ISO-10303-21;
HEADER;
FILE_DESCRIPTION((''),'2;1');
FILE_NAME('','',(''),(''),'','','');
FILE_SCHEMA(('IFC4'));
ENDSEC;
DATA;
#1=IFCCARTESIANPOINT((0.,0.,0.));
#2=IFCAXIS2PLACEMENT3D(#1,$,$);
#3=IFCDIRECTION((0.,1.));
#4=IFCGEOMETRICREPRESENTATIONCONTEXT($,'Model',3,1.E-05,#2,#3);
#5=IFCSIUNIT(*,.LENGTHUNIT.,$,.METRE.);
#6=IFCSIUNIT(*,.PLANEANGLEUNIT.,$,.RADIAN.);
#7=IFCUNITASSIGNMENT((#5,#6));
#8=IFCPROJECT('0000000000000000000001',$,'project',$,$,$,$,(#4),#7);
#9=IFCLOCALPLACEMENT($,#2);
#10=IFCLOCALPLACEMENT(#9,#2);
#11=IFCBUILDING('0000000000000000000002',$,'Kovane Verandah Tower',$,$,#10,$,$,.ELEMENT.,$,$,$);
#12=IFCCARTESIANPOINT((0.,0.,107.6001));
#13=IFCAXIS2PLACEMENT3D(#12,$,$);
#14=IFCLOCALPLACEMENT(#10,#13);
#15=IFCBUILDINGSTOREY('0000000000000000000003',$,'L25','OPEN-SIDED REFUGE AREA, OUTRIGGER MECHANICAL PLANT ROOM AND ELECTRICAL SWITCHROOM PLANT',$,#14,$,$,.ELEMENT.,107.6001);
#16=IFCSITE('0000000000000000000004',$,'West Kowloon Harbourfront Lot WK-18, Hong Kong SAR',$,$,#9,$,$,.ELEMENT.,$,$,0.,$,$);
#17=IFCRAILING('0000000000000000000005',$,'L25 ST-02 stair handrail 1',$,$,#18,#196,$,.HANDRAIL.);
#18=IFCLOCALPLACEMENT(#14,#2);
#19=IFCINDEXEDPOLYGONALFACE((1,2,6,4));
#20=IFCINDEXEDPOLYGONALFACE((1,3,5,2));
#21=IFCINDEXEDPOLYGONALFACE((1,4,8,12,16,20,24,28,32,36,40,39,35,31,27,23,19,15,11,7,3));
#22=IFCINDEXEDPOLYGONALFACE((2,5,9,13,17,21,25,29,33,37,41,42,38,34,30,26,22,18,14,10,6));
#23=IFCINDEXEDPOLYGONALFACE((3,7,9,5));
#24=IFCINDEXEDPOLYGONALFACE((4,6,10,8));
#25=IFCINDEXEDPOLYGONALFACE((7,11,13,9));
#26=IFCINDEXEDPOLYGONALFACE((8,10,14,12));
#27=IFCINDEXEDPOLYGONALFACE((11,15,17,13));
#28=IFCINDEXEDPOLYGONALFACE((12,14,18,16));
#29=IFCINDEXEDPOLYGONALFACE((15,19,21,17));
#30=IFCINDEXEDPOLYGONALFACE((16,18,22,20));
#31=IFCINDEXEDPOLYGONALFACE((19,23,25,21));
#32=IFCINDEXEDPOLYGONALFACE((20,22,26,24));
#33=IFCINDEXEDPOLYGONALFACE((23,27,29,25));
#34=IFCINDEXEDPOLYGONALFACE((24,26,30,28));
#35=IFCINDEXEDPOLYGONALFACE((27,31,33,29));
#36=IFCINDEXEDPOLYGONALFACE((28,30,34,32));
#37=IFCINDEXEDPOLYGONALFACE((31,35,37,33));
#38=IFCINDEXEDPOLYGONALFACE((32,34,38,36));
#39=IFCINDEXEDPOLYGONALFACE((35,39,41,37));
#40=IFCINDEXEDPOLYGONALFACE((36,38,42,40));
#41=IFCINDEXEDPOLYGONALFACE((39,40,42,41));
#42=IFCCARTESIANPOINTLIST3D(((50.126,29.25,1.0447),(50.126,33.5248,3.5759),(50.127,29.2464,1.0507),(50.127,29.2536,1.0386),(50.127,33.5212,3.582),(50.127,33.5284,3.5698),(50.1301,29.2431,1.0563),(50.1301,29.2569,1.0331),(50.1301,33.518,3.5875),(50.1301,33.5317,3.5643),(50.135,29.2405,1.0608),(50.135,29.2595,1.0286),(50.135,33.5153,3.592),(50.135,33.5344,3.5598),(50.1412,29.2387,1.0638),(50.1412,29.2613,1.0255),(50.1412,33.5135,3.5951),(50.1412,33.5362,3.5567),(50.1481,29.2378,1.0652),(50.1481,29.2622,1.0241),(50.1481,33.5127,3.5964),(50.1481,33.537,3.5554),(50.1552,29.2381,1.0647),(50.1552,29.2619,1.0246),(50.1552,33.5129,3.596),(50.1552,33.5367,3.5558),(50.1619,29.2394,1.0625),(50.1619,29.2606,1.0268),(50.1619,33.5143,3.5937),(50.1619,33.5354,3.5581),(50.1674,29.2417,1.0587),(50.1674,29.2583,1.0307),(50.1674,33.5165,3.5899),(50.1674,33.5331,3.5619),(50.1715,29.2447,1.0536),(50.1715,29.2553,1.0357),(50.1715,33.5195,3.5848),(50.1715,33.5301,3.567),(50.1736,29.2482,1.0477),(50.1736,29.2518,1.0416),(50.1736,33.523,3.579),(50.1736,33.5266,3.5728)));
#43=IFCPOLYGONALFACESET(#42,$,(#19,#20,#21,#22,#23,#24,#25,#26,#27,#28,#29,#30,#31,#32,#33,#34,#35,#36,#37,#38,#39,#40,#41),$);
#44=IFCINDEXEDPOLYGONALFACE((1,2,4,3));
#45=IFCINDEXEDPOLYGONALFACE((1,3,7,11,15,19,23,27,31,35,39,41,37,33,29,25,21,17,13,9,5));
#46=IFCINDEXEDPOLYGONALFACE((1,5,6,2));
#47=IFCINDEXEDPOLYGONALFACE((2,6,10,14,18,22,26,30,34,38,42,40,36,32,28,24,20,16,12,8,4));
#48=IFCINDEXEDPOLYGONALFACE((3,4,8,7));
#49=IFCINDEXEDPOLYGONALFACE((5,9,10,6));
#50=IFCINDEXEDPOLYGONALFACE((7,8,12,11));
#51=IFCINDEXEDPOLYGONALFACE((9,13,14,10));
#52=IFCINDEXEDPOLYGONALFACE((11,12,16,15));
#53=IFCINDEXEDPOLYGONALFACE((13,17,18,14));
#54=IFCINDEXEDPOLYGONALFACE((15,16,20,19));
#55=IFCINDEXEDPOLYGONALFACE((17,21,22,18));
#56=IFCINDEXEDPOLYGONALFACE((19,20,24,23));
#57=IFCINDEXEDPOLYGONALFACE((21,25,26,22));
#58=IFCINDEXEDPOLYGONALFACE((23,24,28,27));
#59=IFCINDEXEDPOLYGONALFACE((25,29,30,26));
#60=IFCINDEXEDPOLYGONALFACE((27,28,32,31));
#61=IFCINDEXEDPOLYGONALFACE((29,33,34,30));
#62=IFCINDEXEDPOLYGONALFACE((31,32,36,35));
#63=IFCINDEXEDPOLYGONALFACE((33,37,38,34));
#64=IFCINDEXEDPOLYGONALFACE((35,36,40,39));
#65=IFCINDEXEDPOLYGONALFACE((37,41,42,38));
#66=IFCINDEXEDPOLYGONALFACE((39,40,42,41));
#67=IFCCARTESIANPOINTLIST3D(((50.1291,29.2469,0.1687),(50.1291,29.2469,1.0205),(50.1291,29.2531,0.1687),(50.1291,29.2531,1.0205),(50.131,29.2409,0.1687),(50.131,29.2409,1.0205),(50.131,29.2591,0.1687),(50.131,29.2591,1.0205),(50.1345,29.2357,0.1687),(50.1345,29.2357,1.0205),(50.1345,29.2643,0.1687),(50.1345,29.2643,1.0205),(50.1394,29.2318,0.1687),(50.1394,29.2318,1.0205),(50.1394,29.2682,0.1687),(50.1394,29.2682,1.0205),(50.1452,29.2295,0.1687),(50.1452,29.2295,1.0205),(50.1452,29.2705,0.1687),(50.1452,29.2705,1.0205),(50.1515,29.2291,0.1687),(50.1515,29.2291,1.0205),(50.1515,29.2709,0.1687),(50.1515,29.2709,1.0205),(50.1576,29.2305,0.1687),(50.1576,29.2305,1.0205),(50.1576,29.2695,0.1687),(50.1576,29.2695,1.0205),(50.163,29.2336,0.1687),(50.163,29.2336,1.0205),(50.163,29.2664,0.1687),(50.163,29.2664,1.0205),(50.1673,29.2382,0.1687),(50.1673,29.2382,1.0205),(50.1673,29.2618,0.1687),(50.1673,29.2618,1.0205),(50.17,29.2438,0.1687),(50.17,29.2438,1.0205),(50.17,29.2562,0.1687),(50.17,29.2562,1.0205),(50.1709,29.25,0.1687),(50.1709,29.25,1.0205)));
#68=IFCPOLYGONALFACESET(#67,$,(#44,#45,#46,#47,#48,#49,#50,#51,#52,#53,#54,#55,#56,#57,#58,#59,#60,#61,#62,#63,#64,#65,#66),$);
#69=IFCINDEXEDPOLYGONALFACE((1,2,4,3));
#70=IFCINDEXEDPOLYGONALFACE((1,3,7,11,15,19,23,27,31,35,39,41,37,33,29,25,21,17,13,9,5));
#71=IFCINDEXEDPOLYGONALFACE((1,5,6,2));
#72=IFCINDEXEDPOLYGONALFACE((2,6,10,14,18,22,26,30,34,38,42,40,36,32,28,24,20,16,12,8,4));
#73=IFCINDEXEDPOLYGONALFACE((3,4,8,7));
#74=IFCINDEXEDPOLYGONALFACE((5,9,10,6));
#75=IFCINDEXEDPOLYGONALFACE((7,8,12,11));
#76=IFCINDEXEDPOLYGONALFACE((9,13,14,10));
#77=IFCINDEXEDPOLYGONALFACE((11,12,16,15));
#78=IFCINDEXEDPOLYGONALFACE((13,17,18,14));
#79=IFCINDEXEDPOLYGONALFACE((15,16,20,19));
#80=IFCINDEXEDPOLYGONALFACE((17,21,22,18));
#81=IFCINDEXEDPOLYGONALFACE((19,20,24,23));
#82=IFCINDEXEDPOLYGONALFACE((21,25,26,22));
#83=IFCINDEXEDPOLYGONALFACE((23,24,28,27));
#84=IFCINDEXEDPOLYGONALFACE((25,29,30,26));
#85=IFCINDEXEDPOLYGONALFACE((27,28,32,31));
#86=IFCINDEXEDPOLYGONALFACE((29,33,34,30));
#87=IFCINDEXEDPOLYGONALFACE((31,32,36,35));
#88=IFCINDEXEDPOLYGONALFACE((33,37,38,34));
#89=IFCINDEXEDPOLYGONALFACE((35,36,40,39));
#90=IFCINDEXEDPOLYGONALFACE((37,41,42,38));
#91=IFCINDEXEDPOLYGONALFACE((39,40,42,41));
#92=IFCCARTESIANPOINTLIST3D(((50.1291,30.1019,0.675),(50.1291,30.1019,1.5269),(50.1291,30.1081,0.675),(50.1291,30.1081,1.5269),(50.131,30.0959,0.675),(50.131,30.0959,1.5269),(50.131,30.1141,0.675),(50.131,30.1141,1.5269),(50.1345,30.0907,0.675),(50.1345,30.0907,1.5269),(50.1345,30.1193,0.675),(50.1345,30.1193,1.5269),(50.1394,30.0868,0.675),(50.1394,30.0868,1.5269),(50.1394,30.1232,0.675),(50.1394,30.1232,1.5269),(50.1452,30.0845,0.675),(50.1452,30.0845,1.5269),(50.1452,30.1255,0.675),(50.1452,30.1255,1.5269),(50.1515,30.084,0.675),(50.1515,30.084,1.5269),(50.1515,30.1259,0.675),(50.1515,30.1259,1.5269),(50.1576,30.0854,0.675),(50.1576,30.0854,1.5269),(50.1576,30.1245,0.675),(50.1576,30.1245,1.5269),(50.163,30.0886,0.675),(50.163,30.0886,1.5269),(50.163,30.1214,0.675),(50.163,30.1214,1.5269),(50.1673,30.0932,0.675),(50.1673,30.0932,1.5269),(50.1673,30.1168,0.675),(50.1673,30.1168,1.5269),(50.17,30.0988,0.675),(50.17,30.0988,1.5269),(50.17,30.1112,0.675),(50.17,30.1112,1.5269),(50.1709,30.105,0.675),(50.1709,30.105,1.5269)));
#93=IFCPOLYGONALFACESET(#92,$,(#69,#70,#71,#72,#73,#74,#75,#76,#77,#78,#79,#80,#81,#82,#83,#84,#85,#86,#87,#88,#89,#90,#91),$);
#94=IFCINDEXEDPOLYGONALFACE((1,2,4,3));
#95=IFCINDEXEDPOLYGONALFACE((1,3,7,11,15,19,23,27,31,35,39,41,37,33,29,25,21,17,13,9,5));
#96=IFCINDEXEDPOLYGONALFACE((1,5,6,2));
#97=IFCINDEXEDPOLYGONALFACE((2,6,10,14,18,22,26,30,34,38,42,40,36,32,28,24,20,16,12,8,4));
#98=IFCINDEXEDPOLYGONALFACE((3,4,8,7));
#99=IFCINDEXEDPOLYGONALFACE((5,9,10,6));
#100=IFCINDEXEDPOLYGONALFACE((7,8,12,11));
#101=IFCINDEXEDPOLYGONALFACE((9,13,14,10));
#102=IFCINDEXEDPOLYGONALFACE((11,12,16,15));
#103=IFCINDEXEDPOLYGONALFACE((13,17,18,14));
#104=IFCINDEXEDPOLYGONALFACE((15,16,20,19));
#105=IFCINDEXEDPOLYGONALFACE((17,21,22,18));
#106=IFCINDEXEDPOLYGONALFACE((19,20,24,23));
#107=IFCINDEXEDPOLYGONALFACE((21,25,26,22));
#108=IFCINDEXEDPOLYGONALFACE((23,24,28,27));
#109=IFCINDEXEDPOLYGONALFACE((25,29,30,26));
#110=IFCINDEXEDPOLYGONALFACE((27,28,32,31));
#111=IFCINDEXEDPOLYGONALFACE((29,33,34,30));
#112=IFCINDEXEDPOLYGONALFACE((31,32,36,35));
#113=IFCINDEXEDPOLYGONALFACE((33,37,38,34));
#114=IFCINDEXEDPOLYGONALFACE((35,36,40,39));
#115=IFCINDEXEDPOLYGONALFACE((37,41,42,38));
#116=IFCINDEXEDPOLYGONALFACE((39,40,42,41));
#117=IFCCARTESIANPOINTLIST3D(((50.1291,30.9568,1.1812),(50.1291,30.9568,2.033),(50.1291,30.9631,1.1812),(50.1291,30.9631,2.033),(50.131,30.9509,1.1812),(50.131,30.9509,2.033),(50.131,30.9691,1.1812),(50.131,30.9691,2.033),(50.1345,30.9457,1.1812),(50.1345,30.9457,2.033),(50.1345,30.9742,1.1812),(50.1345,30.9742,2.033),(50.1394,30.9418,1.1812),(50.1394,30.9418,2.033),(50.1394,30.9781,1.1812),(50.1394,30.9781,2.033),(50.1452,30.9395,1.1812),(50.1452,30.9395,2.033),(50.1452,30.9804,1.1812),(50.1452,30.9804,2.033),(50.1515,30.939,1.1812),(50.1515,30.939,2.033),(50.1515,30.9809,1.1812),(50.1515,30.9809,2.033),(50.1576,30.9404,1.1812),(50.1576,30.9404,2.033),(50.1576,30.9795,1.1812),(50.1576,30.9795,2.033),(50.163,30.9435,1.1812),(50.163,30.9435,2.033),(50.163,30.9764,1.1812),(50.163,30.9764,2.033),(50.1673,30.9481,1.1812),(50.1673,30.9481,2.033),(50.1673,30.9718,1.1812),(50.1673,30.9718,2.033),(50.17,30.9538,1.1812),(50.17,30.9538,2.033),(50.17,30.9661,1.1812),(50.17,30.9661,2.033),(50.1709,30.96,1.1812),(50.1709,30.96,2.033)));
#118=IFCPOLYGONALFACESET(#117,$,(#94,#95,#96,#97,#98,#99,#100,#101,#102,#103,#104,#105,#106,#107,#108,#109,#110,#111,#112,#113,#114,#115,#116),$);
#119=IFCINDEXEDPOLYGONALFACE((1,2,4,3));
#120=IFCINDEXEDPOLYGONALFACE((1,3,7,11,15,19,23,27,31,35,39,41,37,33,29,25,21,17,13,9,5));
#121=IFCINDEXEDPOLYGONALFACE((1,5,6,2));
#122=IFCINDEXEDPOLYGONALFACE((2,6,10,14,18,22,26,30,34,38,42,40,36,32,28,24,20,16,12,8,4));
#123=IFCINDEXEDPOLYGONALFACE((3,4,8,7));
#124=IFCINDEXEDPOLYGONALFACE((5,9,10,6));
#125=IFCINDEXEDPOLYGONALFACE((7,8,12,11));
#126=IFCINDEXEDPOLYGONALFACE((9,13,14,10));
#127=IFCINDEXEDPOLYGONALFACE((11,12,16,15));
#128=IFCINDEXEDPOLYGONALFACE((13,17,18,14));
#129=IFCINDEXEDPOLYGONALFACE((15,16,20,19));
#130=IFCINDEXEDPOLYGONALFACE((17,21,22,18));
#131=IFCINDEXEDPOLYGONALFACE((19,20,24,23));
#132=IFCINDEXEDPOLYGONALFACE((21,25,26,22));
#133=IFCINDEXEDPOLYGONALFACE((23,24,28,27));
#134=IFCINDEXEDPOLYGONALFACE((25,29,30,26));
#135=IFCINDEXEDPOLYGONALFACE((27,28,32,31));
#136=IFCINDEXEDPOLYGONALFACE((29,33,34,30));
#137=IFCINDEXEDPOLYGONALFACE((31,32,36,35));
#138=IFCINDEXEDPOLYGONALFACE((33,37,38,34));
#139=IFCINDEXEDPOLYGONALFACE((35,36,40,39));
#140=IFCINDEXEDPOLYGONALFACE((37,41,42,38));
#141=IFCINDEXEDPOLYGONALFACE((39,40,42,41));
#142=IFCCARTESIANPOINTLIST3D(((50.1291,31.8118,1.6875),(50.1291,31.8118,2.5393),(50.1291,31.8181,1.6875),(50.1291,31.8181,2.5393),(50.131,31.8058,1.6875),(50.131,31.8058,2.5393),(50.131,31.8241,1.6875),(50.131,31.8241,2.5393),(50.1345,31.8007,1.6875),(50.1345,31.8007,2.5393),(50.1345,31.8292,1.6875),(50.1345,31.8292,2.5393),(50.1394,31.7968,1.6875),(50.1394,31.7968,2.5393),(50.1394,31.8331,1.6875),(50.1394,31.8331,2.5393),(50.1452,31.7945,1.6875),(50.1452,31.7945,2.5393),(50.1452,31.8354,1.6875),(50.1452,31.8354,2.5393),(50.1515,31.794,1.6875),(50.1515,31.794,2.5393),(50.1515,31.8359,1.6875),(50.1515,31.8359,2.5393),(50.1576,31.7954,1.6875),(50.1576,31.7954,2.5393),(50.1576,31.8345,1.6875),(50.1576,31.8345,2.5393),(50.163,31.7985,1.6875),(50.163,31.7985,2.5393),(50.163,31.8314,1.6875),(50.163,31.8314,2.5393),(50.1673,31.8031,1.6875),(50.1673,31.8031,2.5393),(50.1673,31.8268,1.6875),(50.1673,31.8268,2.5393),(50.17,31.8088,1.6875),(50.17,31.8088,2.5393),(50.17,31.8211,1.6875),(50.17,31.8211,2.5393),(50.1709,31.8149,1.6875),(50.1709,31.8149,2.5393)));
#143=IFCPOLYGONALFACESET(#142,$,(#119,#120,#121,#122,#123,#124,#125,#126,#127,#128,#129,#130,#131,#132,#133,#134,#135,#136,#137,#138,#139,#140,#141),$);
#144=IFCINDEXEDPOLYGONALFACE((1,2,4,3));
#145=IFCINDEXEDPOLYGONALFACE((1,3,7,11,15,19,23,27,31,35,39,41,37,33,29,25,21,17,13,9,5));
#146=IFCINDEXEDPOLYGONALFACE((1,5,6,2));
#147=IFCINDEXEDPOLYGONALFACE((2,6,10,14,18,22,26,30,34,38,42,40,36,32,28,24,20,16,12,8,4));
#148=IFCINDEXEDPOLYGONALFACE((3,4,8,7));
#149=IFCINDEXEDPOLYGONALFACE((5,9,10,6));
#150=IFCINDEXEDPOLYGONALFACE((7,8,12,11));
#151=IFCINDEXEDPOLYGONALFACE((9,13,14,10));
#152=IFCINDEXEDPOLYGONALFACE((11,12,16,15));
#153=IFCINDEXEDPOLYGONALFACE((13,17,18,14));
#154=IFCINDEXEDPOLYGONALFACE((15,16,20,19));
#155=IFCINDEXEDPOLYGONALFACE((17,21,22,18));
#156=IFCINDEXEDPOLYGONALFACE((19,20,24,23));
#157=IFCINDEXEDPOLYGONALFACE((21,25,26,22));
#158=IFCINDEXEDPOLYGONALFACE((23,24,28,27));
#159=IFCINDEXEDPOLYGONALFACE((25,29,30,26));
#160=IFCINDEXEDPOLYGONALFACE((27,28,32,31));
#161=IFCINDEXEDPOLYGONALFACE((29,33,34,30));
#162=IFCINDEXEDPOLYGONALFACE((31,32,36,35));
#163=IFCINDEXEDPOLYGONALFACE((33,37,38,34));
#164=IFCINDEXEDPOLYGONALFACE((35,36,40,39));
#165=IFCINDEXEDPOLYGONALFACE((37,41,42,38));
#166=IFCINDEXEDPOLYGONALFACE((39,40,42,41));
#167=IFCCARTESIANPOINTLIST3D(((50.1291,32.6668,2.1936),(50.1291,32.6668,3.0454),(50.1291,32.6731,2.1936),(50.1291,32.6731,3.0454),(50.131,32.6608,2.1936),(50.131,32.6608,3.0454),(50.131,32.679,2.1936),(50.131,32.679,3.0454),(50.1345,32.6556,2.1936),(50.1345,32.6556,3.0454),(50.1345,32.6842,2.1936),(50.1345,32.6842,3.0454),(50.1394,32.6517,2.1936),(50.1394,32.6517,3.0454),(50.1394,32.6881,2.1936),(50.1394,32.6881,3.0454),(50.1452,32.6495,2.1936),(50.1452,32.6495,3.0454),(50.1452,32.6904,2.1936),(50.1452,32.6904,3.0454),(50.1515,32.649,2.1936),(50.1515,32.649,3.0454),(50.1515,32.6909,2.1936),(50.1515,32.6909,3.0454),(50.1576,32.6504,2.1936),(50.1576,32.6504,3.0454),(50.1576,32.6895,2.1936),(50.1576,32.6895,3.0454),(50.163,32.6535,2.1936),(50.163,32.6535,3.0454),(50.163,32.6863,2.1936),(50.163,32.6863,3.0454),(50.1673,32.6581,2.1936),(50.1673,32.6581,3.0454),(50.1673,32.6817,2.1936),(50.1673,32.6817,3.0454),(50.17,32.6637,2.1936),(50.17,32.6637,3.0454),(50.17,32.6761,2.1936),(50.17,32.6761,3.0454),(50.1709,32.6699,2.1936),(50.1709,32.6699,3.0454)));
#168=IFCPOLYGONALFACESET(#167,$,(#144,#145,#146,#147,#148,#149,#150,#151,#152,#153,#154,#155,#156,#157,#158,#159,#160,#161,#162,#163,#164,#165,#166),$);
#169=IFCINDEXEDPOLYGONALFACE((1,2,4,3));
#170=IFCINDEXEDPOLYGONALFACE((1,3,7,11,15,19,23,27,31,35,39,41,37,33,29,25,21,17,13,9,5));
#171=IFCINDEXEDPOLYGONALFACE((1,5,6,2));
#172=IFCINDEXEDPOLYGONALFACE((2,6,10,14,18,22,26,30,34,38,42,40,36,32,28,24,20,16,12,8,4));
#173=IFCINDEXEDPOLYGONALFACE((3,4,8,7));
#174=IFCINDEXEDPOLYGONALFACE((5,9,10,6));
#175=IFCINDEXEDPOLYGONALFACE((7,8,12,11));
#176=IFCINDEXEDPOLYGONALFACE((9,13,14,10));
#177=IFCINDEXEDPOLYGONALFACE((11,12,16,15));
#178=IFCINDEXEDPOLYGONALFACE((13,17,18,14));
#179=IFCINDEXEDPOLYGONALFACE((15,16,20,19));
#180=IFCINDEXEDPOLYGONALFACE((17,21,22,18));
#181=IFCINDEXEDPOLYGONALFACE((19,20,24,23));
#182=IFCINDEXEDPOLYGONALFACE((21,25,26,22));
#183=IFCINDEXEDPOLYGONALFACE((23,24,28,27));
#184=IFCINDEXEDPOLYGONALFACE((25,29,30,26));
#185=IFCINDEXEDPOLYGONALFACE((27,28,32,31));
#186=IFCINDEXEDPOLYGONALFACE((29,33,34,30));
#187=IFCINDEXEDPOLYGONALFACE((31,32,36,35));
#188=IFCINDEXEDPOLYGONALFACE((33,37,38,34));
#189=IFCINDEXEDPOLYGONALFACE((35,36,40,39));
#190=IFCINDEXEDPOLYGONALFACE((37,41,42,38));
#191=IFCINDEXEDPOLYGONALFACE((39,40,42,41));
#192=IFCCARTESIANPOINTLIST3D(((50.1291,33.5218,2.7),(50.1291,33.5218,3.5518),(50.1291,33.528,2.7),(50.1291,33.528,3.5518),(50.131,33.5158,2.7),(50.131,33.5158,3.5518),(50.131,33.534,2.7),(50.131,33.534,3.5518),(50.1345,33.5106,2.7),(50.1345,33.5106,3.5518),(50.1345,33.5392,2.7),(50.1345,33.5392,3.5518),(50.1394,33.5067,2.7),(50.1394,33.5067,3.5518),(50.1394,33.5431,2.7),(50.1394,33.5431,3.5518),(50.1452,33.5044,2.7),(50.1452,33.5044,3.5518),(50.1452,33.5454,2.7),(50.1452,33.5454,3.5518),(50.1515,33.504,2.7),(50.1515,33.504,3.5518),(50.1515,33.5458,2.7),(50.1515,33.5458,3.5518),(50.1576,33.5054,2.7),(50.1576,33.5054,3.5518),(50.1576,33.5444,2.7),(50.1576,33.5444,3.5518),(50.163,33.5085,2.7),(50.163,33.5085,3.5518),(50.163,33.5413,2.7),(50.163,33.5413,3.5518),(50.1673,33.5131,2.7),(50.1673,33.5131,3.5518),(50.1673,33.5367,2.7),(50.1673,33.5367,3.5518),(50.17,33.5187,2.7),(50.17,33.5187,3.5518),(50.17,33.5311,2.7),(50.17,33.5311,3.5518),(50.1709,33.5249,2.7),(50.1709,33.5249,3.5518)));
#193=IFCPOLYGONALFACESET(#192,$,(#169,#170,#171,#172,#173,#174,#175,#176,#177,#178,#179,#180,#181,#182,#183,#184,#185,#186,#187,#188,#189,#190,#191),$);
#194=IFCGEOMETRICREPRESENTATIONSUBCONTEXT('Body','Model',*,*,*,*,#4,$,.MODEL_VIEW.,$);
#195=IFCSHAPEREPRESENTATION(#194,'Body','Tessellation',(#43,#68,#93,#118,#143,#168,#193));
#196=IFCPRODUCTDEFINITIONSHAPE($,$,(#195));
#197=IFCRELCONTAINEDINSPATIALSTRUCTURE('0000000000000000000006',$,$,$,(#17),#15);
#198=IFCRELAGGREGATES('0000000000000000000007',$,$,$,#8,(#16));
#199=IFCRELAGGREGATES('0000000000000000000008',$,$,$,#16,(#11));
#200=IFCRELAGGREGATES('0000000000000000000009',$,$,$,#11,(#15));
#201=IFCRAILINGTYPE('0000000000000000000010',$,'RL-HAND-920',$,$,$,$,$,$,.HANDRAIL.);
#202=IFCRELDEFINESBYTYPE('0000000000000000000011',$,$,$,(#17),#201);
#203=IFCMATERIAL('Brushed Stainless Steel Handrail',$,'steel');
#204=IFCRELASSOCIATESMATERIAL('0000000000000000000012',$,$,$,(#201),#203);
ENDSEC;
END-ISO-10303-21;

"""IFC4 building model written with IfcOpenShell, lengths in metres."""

from ifc_helpers import new_model, si_unit, direction, frame, origin, origin_2d, place, context, subcontext, project, spatial, circle, extrude, material, type_object, element, save


model = new_model("IFC4")

# Units and contexts
model_context = context("Model", 3, precision=1e-05, world=origin(), true_north=direction((0.0, 1.0)))
body_context = subcontext(model_context, "Body", "Model", "MODEL_VIEW")
ifc_project = project(units=[si_unit("LENGTHUNIT", "METRE"), si_unit("PLANEANGLEUNIT", "RADIAN")], contexts=[model_context])

# Site, building, storey
site_placement = place(None, origin())
site = spatial("IfcSite", under=ifc_project, at=site_placement, Name="West Kowloon Harbourfront Lot WK-18, Hong Kong SAR", CompositionType="ELEMENT", RefElevation=0.0)
building_placement = place(site_placement, origin())
building = spatial("IfcBuilding", under=site, at=building_placement, Name="Kovane Verandah Tower", CompositionType="ELEMENT")
storey_placement = place(building_placement, frame((0.0, 0.0, 107.6001)))
storey = spatial("IfcBuildingStorey", under=building, at=storey_placement, Name="L25", Description="OPEN-SIDED REFUGE AREA, OUTRIGGER MECHANICAL PLANT ROOM AND ELECTRICAL SWITCHROOM PLANT", CompositionType="ELEMENT", Elevation=107.6001)

# Railing
ifc_material_1 = material(Name="Brushed Stainless Steel Handrail", Category="steel")
railing_type_1 = type_object("IfcRailingType", Name="RL-HAND-920", PredefinedType="HANDRAIL", material=ifc_material_1)
railing_1_placement = place(storey_placement, frame((50.1499, 29.25, 0.1687)))
element("IfcRailing", 1, at=railing_1_placement, inside=storey, type_object=railing_type_1, Name="L25 ST-02 stair handrail 1", PredefinedType="HANDRAIL", context=body_context, shape_type="SweptSolid", body=[
    extrude(circle(Radius=0.0239, at=origin_2d()), frame((0.0, 0.0, 0.876), z_axis=(0.0, 0.86047, 0.509501), x_axis=(-1.0, 0.0, 0.0)), (0.0, 0.0, 1.0), 4.968),
    extrude(circle(Radius=0.021, at=origin_2d()), origin(), (0.0, 0.0, 1.0), 0.8518),
    extrude(circle(Radius=0.021, at=origin_2d()), frame((0.0, 0.855, 0.5063)), (0.0, 0.0, 1.0), 0.8518),
    extrude(circle(Radius=0.021, at=origin_2d()), frame((0.0, 1.71, 1.0125)), (0.0, 0.0, 1.0), 0.8518),
    extrude(circle(Radius=0.021, at=origin_2d()), frame((0.0, 2.5649, 1.5188)), (0.0, 0.0, 1.0), 0.8518),
    extrude(circle(Radius=0.021, at=origin_2d()), frame((0.0, 3.4199, 2.0249)), (0.0, 0.0, 1.0), 0.8518),
    extrude(circle(Radius=0.021, at=origin_2d()), frame((0.0, 4.2749, 2.5312)), (0.0, 0.0, 1.0), 0.8518),
])

save(model, "model.ifc")
